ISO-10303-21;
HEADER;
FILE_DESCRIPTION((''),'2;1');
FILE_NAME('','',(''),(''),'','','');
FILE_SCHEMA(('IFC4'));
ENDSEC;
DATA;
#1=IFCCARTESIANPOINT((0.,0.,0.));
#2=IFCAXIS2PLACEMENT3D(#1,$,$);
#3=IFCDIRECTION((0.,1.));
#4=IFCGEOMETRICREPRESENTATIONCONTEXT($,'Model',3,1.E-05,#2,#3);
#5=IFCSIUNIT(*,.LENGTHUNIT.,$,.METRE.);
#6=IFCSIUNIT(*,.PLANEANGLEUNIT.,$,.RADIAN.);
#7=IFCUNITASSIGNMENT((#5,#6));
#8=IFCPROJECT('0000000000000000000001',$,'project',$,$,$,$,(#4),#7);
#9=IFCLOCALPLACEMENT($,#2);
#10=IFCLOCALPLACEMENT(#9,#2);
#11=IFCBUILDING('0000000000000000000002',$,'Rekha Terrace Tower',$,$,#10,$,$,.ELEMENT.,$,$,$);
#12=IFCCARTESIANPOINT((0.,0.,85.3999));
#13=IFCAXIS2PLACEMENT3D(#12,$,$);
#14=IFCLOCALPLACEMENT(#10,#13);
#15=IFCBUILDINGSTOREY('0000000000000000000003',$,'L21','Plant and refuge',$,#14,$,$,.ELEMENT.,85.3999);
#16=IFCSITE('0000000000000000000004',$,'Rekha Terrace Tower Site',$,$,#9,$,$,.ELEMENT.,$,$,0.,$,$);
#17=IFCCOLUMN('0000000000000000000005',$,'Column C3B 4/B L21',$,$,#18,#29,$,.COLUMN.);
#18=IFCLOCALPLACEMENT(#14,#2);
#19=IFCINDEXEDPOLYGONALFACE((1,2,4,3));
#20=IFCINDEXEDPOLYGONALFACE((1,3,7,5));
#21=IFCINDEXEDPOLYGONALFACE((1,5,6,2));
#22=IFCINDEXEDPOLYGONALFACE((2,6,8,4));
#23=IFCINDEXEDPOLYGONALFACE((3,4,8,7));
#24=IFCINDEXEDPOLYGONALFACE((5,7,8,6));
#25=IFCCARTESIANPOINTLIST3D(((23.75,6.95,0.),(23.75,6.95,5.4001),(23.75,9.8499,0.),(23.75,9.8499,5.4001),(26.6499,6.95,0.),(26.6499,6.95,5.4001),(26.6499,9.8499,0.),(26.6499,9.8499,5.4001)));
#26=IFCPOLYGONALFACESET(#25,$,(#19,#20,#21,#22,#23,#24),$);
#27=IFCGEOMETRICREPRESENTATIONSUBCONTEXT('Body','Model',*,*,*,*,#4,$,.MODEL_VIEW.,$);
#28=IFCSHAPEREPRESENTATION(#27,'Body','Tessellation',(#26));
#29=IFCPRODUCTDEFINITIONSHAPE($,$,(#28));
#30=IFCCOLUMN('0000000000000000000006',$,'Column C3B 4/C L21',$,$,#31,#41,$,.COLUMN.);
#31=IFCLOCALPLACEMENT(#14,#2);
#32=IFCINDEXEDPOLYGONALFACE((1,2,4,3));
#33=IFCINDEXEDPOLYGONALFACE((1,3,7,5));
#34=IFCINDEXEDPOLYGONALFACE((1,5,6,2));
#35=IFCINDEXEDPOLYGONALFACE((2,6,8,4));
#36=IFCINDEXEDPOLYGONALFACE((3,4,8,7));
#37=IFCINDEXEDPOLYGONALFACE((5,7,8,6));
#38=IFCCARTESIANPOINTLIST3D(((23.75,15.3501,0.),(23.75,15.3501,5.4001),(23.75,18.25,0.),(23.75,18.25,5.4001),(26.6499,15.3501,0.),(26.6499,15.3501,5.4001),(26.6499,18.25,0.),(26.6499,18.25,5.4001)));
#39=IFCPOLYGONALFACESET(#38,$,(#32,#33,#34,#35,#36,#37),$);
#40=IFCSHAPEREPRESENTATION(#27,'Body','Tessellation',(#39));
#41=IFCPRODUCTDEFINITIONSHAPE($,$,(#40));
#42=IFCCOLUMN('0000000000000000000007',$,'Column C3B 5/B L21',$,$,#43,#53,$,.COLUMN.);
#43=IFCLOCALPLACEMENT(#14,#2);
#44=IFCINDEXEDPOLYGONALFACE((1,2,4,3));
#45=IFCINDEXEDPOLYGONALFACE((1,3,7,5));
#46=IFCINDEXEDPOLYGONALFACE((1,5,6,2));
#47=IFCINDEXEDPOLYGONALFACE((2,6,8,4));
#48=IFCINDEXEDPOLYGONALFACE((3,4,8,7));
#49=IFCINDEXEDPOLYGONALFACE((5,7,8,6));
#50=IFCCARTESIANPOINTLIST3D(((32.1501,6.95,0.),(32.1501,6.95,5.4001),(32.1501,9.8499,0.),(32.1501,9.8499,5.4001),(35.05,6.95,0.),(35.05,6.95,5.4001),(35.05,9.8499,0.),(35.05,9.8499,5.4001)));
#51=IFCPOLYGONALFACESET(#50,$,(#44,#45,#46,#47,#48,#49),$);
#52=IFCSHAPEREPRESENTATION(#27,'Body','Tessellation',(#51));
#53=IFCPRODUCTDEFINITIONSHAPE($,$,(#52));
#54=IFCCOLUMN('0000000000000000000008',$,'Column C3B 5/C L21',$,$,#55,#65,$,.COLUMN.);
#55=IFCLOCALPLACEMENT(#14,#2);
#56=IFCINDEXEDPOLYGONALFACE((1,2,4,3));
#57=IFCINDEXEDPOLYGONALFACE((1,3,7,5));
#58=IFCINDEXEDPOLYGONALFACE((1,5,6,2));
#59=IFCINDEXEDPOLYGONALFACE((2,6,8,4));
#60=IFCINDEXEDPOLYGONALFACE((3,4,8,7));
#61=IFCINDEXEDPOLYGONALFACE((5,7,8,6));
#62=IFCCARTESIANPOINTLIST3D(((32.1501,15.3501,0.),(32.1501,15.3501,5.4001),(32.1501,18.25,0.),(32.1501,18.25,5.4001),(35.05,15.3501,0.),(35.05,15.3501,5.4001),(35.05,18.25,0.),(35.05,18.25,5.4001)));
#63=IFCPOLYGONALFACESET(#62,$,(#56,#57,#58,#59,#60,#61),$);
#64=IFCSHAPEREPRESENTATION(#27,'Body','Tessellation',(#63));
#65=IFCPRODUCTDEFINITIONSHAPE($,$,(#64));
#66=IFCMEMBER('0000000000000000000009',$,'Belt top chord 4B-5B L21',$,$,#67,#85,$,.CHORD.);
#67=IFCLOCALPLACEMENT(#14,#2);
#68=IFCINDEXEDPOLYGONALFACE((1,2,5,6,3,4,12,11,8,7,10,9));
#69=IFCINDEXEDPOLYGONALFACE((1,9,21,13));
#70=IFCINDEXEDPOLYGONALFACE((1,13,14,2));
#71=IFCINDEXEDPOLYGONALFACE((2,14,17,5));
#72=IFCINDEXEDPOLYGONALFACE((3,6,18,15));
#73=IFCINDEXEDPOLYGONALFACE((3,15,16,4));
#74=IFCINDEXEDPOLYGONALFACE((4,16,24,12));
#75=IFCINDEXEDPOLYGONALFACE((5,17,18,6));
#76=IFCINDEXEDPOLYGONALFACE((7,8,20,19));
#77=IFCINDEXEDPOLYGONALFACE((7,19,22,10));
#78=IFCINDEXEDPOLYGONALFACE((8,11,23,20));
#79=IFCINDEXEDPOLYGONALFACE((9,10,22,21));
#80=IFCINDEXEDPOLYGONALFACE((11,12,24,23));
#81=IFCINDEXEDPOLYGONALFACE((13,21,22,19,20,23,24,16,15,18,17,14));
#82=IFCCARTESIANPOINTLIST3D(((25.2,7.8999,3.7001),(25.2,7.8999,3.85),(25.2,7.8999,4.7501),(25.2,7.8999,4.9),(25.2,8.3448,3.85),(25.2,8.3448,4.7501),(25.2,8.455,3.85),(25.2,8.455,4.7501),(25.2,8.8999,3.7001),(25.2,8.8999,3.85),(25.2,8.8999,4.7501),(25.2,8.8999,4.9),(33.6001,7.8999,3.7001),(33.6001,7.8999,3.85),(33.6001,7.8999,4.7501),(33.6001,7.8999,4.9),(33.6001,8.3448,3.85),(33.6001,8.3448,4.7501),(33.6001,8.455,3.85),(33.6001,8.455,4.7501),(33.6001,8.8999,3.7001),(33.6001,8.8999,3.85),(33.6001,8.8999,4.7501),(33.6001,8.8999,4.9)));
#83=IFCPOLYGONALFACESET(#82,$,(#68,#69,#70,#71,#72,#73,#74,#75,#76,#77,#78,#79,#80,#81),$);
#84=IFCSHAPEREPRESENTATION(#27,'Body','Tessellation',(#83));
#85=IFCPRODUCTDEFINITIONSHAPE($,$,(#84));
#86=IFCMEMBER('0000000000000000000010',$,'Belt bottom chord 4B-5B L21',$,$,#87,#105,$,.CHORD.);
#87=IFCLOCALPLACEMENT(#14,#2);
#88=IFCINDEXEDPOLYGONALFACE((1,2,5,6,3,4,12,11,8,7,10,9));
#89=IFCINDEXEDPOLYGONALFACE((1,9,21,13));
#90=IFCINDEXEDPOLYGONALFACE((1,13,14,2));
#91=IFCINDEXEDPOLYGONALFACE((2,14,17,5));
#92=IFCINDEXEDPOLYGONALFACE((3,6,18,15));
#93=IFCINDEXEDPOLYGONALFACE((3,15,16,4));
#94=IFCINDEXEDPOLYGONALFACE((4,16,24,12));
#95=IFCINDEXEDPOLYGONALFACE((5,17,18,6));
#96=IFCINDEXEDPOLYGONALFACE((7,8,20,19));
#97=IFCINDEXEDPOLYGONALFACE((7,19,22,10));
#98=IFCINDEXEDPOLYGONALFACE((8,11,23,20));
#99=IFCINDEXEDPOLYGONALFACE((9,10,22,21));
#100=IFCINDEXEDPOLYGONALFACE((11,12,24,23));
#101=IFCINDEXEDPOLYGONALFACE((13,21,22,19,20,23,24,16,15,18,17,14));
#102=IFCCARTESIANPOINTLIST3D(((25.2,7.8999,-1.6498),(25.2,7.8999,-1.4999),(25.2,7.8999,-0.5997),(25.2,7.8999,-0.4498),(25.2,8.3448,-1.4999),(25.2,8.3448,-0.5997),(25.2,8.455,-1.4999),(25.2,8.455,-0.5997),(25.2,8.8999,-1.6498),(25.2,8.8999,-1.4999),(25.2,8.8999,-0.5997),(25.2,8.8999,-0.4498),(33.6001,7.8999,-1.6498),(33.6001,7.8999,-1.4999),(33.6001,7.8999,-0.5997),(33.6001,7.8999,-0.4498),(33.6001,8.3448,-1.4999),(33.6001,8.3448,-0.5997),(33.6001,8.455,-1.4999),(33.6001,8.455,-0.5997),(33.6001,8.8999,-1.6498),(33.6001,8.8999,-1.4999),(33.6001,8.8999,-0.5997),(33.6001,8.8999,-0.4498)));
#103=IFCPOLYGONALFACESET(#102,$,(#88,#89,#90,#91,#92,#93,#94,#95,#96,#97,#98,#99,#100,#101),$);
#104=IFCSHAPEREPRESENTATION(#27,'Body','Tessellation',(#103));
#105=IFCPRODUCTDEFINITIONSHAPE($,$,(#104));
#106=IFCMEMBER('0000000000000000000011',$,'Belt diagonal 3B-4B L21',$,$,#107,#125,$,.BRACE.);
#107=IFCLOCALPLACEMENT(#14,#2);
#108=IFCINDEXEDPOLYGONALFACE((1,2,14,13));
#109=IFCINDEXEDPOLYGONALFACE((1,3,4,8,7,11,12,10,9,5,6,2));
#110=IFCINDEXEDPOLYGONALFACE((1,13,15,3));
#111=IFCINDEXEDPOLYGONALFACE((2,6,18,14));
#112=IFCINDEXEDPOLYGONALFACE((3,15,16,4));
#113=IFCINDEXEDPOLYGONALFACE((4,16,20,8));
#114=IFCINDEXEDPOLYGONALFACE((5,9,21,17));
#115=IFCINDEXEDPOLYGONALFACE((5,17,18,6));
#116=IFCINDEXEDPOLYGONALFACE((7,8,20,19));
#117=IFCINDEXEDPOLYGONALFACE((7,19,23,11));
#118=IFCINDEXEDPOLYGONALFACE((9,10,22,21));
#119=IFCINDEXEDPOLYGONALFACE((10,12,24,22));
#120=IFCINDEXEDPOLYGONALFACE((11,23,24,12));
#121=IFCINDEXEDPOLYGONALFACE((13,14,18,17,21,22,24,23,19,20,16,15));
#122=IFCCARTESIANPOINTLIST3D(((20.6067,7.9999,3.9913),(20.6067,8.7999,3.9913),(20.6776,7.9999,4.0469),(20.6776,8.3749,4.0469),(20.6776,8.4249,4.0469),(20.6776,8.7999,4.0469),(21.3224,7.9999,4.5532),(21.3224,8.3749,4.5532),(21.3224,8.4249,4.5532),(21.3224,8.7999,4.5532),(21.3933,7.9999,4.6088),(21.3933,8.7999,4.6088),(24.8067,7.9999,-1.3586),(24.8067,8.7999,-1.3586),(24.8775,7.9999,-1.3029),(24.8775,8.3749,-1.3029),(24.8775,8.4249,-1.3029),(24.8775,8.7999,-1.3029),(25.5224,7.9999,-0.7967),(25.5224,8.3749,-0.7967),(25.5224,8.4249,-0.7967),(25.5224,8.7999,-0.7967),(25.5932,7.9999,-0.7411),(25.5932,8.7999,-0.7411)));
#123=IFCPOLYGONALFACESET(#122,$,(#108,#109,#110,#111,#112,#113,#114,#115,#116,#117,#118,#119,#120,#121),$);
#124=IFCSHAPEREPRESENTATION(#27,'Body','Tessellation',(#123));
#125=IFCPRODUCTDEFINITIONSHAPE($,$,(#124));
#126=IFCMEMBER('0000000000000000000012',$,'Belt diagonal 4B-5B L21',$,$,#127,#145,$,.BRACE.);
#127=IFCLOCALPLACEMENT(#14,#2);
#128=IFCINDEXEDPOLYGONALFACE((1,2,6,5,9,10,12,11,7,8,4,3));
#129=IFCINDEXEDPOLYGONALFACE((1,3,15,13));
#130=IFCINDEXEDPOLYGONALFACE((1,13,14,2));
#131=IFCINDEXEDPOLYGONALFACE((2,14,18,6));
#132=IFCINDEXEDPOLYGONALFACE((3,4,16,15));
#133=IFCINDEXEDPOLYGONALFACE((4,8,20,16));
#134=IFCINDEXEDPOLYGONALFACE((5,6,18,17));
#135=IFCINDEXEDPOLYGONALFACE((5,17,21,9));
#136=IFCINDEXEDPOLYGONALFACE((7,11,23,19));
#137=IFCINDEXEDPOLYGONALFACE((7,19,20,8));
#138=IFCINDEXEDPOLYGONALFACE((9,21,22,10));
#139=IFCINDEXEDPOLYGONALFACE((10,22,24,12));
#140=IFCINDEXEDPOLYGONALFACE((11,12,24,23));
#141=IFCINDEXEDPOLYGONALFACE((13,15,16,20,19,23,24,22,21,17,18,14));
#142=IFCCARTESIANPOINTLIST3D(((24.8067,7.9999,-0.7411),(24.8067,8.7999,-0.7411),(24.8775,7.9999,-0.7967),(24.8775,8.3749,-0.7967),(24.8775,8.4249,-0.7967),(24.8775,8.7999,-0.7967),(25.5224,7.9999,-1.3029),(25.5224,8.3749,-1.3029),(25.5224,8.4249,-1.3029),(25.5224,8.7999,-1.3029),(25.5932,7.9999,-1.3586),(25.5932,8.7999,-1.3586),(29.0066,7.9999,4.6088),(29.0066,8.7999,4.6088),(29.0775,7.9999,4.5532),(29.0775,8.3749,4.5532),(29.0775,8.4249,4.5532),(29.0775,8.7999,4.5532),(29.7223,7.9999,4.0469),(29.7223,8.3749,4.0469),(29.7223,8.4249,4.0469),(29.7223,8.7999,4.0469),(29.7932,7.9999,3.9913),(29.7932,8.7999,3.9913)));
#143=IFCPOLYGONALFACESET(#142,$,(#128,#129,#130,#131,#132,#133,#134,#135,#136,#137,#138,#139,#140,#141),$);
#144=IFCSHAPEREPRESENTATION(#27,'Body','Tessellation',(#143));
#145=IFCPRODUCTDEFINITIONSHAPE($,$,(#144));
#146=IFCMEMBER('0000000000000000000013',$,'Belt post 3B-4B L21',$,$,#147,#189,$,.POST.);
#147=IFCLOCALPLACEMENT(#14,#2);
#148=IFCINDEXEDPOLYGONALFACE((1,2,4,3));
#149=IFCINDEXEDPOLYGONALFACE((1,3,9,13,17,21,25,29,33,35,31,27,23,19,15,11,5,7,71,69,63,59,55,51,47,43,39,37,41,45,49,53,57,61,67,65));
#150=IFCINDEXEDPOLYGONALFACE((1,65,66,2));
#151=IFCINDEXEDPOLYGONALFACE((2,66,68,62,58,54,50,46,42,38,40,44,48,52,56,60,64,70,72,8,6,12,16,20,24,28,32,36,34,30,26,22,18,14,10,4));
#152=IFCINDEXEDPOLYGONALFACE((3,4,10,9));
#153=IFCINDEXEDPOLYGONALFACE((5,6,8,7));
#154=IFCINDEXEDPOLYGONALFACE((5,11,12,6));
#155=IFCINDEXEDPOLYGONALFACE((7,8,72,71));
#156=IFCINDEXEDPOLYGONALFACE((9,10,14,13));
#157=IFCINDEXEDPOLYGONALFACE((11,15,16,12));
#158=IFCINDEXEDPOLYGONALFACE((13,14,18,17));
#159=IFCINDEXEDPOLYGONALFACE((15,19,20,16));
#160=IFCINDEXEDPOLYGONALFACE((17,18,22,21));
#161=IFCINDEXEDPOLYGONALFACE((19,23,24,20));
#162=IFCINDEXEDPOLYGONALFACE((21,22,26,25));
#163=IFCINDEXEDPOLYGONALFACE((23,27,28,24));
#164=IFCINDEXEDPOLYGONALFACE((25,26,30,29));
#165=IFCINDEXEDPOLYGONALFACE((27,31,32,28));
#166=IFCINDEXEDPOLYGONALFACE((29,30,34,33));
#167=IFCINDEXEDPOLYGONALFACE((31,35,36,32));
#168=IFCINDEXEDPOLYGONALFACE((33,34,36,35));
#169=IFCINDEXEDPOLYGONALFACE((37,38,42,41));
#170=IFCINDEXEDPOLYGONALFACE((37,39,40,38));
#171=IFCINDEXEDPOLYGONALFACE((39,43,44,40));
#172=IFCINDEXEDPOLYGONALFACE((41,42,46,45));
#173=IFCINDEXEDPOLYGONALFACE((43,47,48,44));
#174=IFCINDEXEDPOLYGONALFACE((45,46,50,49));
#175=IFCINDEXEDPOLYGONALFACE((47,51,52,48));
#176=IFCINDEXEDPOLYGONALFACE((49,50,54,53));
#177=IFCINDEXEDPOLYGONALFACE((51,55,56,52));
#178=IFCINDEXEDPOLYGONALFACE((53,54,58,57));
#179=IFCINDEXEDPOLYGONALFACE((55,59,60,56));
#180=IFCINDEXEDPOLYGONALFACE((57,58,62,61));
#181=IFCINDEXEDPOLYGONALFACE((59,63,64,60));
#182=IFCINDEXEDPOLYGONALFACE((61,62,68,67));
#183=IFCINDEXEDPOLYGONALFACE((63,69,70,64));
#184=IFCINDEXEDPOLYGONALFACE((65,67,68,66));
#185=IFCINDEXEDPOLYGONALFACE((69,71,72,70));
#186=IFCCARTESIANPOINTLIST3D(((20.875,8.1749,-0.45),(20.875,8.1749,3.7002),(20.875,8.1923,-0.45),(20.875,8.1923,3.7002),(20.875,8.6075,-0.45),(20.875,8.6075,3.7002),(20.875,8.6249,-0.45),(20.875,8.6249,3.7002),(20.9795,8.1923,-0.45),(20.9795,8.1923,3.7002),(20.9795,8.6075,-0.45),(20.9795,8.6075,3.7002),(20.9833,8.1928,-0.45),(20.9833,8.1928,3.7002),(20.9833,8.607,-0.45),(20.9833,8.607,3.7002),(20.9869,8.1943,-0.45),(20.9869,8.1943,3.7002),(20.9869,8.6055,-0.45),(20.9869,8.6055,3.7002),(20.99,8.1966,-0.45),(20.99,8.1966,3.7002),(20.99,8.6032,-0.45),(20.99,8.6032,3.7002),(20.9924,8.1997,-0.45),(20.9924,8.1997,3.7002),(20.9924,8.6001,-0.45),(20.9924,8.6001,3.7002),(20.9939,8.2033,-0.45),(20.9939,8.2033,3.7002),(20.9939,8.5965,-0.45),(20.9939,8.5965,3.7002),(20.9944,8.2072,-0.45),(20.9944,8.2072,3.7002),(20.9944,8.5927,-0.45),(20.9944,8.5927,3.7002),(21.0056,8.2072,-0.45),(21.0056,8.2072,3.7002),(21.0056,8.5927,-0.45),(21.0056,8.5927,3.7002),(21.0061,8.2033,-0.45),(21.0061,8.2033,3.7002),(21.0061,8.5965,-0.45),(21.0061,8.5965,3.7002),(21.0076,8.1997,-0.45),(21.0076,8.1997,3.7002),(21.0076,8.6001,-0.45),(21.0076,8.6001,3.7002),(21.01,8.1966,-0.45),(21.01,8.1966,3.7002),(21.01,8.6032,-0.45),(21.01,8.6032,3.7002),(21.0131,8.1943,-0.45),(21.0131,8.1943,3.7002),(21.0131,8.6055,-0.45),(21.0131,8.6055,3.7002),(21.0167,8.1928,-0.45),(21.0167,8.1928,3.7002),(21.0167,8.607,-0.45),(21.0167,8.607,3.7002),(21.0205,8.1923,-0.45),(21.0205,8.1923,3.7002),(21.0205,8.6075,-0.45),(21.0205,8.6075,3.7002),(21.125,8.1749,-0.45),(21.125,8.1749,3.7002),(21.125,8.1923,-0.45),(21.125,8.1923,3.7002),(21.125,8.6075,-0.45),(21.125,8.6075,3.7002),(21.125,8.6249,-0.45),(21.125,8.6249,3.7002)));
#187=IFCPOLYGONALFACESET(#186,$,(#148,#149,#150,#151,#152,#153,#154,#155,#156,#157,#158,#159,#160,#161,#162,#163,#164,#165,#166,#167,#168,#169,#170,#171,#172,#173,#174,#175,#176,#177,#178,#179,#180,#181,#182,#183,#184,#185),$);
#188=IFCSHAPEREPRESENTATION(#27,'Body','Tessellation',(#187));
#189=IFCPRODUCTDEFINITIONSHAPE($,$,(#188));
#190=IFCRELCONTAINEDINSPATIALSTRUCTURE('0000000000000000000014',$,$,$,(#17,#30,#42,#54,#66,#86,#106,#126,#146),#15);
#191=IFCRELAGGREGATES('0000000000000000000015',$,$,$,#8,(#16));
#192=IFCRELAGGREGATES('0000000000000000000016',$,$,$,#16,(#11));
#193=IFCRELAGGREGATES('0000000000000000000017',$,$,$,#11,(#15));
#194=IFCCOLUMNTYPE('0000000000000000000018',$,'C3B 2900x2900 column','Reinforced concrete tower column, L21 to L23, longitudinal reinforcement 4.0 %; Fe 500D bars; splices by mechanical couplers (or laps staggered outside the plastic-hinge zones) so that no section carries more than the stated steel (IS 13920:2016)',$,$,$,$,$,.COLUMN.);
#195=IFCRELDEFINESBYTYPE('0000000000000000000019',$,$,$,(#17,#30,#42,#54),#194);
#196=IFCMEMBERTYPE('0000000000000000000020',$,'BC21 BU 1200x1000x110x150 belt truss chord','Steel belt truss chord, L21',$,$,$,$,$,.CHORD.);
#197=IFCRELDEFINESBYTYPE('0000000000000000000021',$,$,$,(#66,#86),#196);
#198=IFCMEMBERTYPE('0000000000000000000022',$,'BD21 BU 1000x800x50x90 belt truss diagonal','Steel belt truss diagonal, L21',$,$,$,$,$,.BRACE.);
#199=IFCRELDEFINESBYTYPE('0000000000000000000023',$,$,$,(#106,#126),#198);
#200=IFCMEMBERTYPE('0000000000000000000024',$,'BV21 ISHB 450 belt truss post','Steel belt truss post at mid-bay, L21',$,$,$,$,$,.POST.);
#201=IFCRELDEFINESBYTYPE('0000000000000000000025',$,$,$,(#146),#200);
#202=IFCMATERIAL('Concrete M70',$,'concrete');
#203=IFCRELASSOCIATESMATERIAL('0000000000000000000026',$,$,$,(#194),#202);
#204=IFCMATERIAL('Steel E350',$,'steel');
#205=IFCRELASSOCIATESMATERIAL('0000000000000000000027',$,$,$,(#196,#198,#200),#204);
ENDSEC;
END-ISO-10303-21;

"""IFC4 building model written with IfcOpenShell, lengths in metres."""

from ifc_helpers import new_model, si_unit, direction, frame, origin, origin_2d, place, context, subcontext, project, spatial, rectangle, i_section, extrude, material, material_profile, profile_set, type_object, element, save


model = new_model("IFC4")

# Units and contexts
model_context = context("Model", 3, precision=1e-05, world=origin(), true_north=direction((0.0, 1.0)))
body_context = subcontext(model_context, "Body", "Model", "MODEL_VIEW")
ifc_project = project(units=[si_unit("LENGTHUNIT", "METRE"), si_unit("PLANEANGLEUNIT", "RADIAN")], contexts=[model_context])

# Site, building, storey
site_placement = place(None, origin())
site = spatial("IfcSite", under=ifc_project, at=site_placement, Name="Rekha Terrace Tower Site", CompositionType="ELEMENT", RefElevation=0.0)
building_placement = place(site_placement, origin())
building = spatial("IfcBuilding", under=site, at=building_placement, Name="Rekha Terrace Tower", CompositionType="ELEMENT")
storey_placement = place(building_placement, frame((0.0, 0.0, 85.3999)))
storey = spatial("IfcBuildingStorey", under=building, at=storey_placement, Name="L21", Description="Plant and refuge", CompositionType="ELEMENT", Elevation=85.3999)

# Columns
ifc_material_1 = material(Name="Concrete M70", Category="concrete")
ifc_material_profile_1 = material_profile(ifc_material_1, rectangle(XDim=2.8999, YDim=2.8999, at=origin_2d()), Name="RC 2900x2900")
ifc_profile_set_1 = profile_set([ifc_material_profile_1], Name="Concrete M70")
column_type = type_object("IfcColumnType", Name="C3B 2900x2900 column", Description="Reinforced concrete tower column, L21 to L23, longitudinal reinforcement 4.0 %; Fe 500D bars; splices by mechanical couplers (or laps staggered outside the plastic-hinge zones) so that no section carries more than the stated steel (IS 13920:2016)", PredefinedType="COLUMN", material=ifc_profile_set_1)
for number, where, z_axis, x_axis, name in (
    (1, (25.2, 8.3999, 0.0), (0.0, 0.0, 1.0), (1.0, 0.0, 0.0), "Column C3B 4/B L21"),
    (2, (25.2, 16.8, 0.0), (0.0, 0.0, 1.0), (1.0, 0.0, 0.0), "Column C3B 4/C L21"),
    (3, (33.6001, 8.3999, 0.0), (0.0, 0.0, 1.0), (1.0, 0.0, 0.0), "Column C3B 5/B L21"),
    (4, (33.6001, 16.8, 0.0), (0.0, 0.0, 1.0), (1.0, 0.0, 0.0), "Column C3B 5/C L21"),
):
    element("IfcColumn", number, at=place(storey_placement, frame(where, z_axis=z_axis, x_axis=x_axis)), inside=storey, type_object=column_type, Name=name, PredefinedType="COLUMN", context=body_context, shape_type="SweptSolid", body=[
        extrude(rectangle(XDim=2.8999, YDim=2.8999, at=origin_2d()), origin(), (0.0, 0.0, 1.0), 5.4001),
    ])

# Members
ifc_material_2 = material(Name="Steel E350", Category="steel")
ifc_material_profile_2 = material_profile(ifc_material_2, i_section(OverallWidth=1.0, OverallDepth=1.2, WebThickness=0.1101, FlangeThickness=0.1499, at=origin_2d()), Name="BU 1200x1000x110x150")
ifc_profile_set_2 = profile_set([ifc_material_profile_2], Name="Steel E350")
member_type_1 = type_object("IfcMemberType", Name="BC21 BU 1200x1000x110x150 belt truss chord", Description="Steel belt truss chord, L21", PredefinedType="CHORD", material=ifc_profile_set_2)
for number, where, z_axis, x_axis, name in (
    (5, (25.2, 8.3999, 4.3), (1.0, 0.0, 0.0), (0.0, 1.0, 0.0), "Belt top chord 4B-5B L21"),
    (6, (25.2, 8.3999, -1.0498), (1.0, 0.0, 0.0), (0.0, 1.0, 0.0), "Belt bottom chord 4B-5B L21"),
):
    element("IfcMember", number, at=place(storey_placement, frame(where, z_axis=z_axis, x_axis=x_axis)), inside=storey, type_object=member_type_1, Name=name, PredefinedType="CHORD", context=body_context, shape_type="SweptSolid", body=[
        extrude(i_section(OverallWidth=1.0, OverallDepth=1.2, WebThickness=0.1101, FlangeThickness=0.1499, at=origin_2d()), origin(), (0.0, 0.0, 1.0), 8.4001),
    ])
ifc_material_profile_3 = material_profile(ifc_material_2, i_section(OverallWidth=0.8, OverallDepth=1.0, WebThickness=0.05, FlangeThickness=0.0901, at=origin_2d()), Name="BU 1000x800x50x90")
ifc_profile_set_3 = profile_set([ifc_material_profile_3], Name="Steel E350")
member_type_2 = type_object("IfcMemberType", Name="BD21 BU 1000x800x50x90 belt truss diagonal", Description="Steel belt truss diagonal, L21", PredefinedType="BRACE", material=ifc_profile_set_3)
for number, where, z_axis, x_axis, name in (
    (7, (25.2, 8.3999, -1.0498), (-0.617503, 0.0, 0.786569), (0.0, -1.0, 0.0), "Belt diagonal 3B-4B L21"),
    (8, (25.2, 8.3999, -1.0498), (0.617503, 0.0, 0.786569), (0.0, 1.0, 0.0), "Belt diagonal 4B-5B L21"),
):
    element("IfcMember", number, at=place(storey_placement, frame(where, z_axis=z_axis, x_axis=x_axis)), inside=storey, type_object=member_type_2, Name=name, PredefinedType="BRACE", context=body_context, shape_type="SweptSolid", body=[
        extrude(i_section(OverallWidth=0.8, OverallDepth=1.0, WebThickness=0.05, FlangeThickness=0.0901, at=origin_2d()), origin(), (0.0, 0.0, 1.0), 6.8015),
    ])
ifc_material_profile_4 = material_profile(ifc_material_2, i_section(OverallWidth=0.25, OverallDepth=0.45, WebThickness=0.0112, FlangeThickness=0.0173, FilletRadius=0.0149, at=origin_2d()), Name="ISHB 450")
ifc_profile_set_4 = profile_set([ifc_material_profile_4], Name="Steel E350")
member_type_3 = type_object("IfcMemberType", Name="BV21 ISHB 450 belt truss post", Description="Steel belt truss post at mid-bay, L21", PredefinedType="POST", material=ifc_profile_set_4)
for number, where, z_axis, x_axis, name in (
    (9, (21.0, 8.3999, -0.45), (0.0, 0.0, 1.0), (1.0, 0.0, 0.0), "Belt post 3B-4B L21"),
):
    element("IfcMember", number, at=place(storey_placement, frame(where, z_axis=z_axis, x_axis=x_axis)), inside=storey, type_object=member_type_3, Name=name, PredefinedType="POST", context=body_context, shape_type="SweptSolid", body=[
        extrude(i_section(OverallWidth=0.25, OverallDepth=0.45, WebThickness=0.0112, FlangeThickness=0.0173, FilletRadius=0.0149, at=origin_2d()), origin(), (0.0, 0.0, 1.0), 4.1501),
    ])

save(model, "model.ifc")
